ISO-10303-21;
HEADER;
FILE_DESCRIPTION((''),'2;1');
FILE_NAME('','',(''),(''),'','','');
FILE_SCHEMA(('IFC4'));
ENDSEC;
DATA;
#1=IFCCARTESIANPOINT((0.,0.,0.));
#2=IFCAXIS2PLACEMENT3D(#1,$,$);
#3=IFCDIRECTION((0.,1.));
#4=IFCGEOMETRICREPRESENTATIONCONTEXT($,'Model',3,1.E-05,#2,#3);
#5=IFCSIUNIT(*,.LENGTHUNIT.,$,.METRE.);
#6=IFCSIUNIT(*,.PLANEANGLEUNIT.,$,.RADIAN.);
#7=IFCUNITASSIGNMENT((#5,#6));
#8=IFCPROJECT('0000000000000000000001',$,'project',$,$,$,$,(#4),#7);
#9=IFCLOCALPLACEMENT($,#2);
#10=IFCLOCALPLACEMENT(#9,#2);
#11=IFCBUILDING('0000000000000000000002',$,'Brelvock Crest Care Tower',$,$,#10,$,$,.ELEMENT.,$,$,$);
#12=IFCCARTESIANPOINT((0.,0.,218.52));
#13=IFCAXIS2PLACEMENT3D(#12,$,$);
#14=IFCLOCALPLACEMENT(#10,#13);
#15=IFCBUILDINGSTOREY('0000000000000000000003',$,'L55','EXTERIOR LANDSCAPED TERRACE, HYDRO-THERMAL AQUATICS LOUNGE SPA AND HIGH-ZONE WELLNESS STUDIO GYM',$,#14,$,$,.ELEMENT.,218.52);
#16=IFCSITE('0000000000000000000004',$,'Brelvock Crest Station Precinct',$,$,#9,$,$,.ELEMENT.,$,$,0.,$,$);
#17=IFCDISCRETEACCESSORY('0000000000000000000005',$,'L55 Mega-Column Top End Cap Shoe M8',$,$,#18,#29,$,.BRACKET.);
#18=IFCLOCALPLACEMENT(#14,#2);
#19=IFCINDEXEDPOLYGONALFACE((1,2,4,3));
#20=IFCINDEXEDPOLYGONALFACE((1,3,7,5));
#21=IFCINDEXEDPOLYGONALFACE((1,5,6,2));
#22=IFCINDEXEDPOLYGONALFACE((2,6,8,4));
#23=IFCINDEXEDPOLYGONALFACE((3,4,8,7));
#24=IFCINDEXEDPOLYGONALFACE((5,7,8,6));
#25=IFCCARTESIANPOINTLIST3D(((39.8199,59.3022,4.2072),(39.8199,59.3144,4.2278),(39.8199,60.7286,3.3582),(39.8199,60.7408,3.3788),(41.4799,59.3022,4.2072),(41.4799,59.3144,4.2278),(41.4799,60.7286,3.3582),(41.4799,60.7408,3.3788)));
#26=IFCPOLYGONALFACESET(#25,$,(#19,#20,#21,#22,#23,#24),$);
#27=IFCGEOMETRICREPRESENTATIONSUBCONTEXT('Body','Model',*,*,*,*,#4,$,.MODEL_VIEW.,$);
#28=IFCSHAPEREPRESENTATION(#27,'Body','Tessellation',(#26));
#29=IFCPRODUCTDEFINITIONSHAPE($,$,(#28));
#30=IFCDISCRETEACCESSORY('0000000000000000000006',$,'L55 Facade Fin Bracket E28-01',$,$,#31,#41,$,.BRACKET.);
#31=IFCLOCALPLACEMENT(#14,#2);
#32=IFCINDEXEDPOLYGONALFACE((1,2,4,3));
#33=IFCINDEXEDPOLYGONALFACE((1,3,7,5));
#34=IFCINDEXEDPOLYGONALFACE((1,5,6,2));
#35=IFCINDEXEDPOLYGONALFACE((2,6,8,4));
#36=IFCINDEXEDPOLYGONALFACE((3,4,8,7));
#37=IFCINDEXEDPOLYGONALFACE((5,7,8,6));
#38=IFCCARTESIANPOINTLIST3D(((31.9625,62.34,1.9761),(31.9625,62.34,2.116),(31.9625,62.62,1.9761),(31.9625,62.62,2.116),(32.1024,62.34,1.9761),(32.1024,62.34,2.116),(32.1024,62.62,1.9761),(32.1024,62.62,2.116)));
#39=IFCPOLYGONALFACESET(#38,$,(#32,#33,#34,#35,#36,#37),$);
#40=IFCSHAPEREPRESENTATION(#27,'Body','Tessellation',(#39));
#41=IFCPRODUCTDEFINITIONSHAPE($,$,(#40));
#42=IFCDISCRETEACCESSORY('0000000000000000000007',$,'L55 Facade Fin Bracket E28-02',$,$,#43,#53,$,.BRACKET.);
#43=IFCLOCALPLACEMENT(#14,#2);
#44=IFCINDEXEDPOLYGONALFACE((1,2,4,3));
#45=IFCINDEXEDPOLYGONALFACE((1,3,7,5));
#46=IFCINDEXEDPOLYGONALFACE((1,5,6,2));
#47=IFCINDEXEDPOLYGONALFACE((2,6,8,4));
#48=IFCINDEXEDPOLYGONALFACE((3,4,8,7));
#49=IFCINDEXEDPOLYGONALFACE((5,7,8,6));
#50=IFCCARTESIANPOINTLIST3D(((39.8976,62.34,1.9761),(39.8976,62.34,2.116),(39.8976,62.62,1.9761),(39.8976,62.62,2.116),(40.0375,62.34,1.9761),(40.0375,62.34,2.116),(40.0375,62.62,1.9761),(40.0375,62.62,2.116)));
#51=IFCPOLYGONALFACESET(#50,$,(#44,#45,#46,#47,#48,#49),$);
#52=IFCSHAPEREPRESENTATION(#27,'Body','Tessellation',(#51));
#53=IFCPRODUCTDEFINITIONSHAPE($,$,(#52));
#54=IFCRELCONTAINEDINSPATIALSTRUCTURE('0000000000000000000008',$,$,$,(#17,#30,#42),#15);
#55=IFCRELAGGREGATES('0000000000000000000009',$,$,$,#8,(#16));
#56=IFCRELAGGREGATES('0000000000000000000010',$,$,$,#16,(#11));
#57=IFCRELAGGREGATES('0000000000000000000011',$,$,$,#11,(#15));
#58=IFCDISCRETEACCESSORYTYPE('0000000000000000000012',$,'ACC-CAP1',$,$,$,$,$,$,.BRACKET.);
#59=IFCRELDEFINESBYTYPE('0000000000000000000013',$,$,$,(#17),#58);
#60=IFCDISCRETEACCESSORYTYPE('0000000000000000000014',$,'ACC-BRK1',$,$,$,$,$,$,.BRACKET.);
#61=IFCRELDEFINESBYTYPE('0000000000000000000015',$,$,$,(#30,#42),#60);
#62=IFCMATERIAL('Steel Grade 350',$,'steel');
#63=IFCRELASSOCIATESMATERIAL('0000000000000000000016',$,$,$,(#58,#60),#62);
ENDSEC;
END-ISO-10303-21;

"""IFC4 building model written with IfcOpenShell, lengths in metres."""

from ifc_helpers import new_model, si_unit, direction, frame, origin, origin_2d, place, context, subcontext, project, spatial, rectangle, extrude, source, transform, mapped, material, material_profile, profile_set, type_object, element, save


model = new_model("IFC4")

# Units and contexts
model_context = context("Model", 3, precision=1e-05, world=origin(), true_north=direction((0.0, 1.0)))
body_context = subcontext(model_context, "Body", "Model", "MODEL_VIEW")
ifc_project = project(units=[si_unit("LENGTHUNIT", "METRE"), si_unit("PLANEANGLEUNIT", "RADIAN")], contexts=[model_context])

# Site, building, storey
site_placement = place(None, origin())
site = spatial("IfcSite", under=ifc_project, at=site_placement, Name="Brelvock Crest Station Precinct", CompositionType="ELEMENT", RefElevation=0.0)
building_placement = place(site_placement, origin())
building = spatial("IfcBuilding", under=site, at=building_placement, Name="Brelvock Crest Care Tower", CompositionType="ELEMENT")
storey_placement = place(building_placement, frame((0.0, 0.0, 218.52)))
storey = spatial("IfcBuildingStorey", under=building, at=storey_placement, Name="L55", Description="EXTERIOR LANDSCAPED TERRACE, HYDRO-THERMAL AQUATICS LOUNGE SPA AND HIGH-ZONE WELLNESS STUDIO GYM", CompositionType="ELEMENT", Elevation=218.52)

# Shared definitions
ifc_material_1 = material(Name="Steel Grade 350", Category="steel")

# Discrete accessories
ifc_material_profile_1 = material_profile(ifc_material_1, rectangle(XDim=1.6599, YDim=1.6599, at=origin_2d()), Name="ACC-CAP1")
ifc_profile_set_1 = profile_set([ifc_material_profile_1], Name="Steel Grade 350")
discrete_accessory_type_1 = type_object("IfcDiscreteAccessoryType", Name="ACC-CAP1", PredefinedType="BRACKET", material=ifc_profile_set_1)
shared_shape_1 = source(origin(), body_context, "Body", "SweptSolid", [
    extrude(rectangle(XDim=1.6599, YDim=1.6599, at=origin_2d()), origin(), (0.0, 0.0, 1.0), 0.0239),
])
discrete_accessory_placement = place(storey_placement, frame((40.6499, 60.0154, 3.7827), z_axis=(0.0, 0.511484, 0.859293), x_axis=(-1.0, 0.0, 0.0)))
element("IfcDiscreteAccessory", 1, at=discrete_accessory_placement, inside=storey, type_object=discrete_accessory_type_1, Name="L55 Mega-Column Top End Cap Shoe M8", PredefinedType="BRACKET", context=body_context, shape_type="MappedRepresentation", body=[
    mapped(shared_shape_1, transform((0.0, 0.0, 0.0), x_axis=(1.0, 0.0, 0.0), y_axis=(0.0, 1.0, 0.0), z_axis=(0.0, 0.0, 1.0), scale=1.0)),
])
discrete_accessory_type_2 = type_object("IfcDiscreteAccessoryType", Name="ACC-BRK1", PredefinedType="BRACKET", material=ifc_material_1)
shared_shape_2 = source(origin(), body_context, "Body", "SweptSolid", [
    extrude(rectangle(XDim=0.28, YDim=0.1399, at=origin_2d()), origin(), (0.0, 0.0, 1.0), 0.1399),
])
for number, where, z_axis, x_axis, name in (
    (2, (32.0325, 62.48, 1.9761), (0.0, 0.0, 1.0), (0.0, 1.0, 0.0), "L55 Facade Fin Bracket E28-01"),
    (3, (39.9675, 62.48, 1.9761), (0.0, 0.0, 1.0), (0.0, 1.0, 0.0), "L55 Facade Fin Bracket E28-02"),
):
    element("IfcDiscreteAccessory", number, at=place(storey_placement, frame(where, z_axis=z_axis, x_axis=x_axis)), inside=storey, type_object=discrete_accessory_type_2, Name=name, PredefinedType="BRACKET", context=body_context, shape_type="MappedRepresentation", body=[
        mapped(shared_shape_2, transform((0.0, 0.0, 0.0), x_axis=(1.0, 0.0, 0.0), y_axis=(0.0, 1.0, 0.0), z_axis=(0.0, 0.0, 1.0), scale=1.0)),
    ])

save(model, "model.ifc")
